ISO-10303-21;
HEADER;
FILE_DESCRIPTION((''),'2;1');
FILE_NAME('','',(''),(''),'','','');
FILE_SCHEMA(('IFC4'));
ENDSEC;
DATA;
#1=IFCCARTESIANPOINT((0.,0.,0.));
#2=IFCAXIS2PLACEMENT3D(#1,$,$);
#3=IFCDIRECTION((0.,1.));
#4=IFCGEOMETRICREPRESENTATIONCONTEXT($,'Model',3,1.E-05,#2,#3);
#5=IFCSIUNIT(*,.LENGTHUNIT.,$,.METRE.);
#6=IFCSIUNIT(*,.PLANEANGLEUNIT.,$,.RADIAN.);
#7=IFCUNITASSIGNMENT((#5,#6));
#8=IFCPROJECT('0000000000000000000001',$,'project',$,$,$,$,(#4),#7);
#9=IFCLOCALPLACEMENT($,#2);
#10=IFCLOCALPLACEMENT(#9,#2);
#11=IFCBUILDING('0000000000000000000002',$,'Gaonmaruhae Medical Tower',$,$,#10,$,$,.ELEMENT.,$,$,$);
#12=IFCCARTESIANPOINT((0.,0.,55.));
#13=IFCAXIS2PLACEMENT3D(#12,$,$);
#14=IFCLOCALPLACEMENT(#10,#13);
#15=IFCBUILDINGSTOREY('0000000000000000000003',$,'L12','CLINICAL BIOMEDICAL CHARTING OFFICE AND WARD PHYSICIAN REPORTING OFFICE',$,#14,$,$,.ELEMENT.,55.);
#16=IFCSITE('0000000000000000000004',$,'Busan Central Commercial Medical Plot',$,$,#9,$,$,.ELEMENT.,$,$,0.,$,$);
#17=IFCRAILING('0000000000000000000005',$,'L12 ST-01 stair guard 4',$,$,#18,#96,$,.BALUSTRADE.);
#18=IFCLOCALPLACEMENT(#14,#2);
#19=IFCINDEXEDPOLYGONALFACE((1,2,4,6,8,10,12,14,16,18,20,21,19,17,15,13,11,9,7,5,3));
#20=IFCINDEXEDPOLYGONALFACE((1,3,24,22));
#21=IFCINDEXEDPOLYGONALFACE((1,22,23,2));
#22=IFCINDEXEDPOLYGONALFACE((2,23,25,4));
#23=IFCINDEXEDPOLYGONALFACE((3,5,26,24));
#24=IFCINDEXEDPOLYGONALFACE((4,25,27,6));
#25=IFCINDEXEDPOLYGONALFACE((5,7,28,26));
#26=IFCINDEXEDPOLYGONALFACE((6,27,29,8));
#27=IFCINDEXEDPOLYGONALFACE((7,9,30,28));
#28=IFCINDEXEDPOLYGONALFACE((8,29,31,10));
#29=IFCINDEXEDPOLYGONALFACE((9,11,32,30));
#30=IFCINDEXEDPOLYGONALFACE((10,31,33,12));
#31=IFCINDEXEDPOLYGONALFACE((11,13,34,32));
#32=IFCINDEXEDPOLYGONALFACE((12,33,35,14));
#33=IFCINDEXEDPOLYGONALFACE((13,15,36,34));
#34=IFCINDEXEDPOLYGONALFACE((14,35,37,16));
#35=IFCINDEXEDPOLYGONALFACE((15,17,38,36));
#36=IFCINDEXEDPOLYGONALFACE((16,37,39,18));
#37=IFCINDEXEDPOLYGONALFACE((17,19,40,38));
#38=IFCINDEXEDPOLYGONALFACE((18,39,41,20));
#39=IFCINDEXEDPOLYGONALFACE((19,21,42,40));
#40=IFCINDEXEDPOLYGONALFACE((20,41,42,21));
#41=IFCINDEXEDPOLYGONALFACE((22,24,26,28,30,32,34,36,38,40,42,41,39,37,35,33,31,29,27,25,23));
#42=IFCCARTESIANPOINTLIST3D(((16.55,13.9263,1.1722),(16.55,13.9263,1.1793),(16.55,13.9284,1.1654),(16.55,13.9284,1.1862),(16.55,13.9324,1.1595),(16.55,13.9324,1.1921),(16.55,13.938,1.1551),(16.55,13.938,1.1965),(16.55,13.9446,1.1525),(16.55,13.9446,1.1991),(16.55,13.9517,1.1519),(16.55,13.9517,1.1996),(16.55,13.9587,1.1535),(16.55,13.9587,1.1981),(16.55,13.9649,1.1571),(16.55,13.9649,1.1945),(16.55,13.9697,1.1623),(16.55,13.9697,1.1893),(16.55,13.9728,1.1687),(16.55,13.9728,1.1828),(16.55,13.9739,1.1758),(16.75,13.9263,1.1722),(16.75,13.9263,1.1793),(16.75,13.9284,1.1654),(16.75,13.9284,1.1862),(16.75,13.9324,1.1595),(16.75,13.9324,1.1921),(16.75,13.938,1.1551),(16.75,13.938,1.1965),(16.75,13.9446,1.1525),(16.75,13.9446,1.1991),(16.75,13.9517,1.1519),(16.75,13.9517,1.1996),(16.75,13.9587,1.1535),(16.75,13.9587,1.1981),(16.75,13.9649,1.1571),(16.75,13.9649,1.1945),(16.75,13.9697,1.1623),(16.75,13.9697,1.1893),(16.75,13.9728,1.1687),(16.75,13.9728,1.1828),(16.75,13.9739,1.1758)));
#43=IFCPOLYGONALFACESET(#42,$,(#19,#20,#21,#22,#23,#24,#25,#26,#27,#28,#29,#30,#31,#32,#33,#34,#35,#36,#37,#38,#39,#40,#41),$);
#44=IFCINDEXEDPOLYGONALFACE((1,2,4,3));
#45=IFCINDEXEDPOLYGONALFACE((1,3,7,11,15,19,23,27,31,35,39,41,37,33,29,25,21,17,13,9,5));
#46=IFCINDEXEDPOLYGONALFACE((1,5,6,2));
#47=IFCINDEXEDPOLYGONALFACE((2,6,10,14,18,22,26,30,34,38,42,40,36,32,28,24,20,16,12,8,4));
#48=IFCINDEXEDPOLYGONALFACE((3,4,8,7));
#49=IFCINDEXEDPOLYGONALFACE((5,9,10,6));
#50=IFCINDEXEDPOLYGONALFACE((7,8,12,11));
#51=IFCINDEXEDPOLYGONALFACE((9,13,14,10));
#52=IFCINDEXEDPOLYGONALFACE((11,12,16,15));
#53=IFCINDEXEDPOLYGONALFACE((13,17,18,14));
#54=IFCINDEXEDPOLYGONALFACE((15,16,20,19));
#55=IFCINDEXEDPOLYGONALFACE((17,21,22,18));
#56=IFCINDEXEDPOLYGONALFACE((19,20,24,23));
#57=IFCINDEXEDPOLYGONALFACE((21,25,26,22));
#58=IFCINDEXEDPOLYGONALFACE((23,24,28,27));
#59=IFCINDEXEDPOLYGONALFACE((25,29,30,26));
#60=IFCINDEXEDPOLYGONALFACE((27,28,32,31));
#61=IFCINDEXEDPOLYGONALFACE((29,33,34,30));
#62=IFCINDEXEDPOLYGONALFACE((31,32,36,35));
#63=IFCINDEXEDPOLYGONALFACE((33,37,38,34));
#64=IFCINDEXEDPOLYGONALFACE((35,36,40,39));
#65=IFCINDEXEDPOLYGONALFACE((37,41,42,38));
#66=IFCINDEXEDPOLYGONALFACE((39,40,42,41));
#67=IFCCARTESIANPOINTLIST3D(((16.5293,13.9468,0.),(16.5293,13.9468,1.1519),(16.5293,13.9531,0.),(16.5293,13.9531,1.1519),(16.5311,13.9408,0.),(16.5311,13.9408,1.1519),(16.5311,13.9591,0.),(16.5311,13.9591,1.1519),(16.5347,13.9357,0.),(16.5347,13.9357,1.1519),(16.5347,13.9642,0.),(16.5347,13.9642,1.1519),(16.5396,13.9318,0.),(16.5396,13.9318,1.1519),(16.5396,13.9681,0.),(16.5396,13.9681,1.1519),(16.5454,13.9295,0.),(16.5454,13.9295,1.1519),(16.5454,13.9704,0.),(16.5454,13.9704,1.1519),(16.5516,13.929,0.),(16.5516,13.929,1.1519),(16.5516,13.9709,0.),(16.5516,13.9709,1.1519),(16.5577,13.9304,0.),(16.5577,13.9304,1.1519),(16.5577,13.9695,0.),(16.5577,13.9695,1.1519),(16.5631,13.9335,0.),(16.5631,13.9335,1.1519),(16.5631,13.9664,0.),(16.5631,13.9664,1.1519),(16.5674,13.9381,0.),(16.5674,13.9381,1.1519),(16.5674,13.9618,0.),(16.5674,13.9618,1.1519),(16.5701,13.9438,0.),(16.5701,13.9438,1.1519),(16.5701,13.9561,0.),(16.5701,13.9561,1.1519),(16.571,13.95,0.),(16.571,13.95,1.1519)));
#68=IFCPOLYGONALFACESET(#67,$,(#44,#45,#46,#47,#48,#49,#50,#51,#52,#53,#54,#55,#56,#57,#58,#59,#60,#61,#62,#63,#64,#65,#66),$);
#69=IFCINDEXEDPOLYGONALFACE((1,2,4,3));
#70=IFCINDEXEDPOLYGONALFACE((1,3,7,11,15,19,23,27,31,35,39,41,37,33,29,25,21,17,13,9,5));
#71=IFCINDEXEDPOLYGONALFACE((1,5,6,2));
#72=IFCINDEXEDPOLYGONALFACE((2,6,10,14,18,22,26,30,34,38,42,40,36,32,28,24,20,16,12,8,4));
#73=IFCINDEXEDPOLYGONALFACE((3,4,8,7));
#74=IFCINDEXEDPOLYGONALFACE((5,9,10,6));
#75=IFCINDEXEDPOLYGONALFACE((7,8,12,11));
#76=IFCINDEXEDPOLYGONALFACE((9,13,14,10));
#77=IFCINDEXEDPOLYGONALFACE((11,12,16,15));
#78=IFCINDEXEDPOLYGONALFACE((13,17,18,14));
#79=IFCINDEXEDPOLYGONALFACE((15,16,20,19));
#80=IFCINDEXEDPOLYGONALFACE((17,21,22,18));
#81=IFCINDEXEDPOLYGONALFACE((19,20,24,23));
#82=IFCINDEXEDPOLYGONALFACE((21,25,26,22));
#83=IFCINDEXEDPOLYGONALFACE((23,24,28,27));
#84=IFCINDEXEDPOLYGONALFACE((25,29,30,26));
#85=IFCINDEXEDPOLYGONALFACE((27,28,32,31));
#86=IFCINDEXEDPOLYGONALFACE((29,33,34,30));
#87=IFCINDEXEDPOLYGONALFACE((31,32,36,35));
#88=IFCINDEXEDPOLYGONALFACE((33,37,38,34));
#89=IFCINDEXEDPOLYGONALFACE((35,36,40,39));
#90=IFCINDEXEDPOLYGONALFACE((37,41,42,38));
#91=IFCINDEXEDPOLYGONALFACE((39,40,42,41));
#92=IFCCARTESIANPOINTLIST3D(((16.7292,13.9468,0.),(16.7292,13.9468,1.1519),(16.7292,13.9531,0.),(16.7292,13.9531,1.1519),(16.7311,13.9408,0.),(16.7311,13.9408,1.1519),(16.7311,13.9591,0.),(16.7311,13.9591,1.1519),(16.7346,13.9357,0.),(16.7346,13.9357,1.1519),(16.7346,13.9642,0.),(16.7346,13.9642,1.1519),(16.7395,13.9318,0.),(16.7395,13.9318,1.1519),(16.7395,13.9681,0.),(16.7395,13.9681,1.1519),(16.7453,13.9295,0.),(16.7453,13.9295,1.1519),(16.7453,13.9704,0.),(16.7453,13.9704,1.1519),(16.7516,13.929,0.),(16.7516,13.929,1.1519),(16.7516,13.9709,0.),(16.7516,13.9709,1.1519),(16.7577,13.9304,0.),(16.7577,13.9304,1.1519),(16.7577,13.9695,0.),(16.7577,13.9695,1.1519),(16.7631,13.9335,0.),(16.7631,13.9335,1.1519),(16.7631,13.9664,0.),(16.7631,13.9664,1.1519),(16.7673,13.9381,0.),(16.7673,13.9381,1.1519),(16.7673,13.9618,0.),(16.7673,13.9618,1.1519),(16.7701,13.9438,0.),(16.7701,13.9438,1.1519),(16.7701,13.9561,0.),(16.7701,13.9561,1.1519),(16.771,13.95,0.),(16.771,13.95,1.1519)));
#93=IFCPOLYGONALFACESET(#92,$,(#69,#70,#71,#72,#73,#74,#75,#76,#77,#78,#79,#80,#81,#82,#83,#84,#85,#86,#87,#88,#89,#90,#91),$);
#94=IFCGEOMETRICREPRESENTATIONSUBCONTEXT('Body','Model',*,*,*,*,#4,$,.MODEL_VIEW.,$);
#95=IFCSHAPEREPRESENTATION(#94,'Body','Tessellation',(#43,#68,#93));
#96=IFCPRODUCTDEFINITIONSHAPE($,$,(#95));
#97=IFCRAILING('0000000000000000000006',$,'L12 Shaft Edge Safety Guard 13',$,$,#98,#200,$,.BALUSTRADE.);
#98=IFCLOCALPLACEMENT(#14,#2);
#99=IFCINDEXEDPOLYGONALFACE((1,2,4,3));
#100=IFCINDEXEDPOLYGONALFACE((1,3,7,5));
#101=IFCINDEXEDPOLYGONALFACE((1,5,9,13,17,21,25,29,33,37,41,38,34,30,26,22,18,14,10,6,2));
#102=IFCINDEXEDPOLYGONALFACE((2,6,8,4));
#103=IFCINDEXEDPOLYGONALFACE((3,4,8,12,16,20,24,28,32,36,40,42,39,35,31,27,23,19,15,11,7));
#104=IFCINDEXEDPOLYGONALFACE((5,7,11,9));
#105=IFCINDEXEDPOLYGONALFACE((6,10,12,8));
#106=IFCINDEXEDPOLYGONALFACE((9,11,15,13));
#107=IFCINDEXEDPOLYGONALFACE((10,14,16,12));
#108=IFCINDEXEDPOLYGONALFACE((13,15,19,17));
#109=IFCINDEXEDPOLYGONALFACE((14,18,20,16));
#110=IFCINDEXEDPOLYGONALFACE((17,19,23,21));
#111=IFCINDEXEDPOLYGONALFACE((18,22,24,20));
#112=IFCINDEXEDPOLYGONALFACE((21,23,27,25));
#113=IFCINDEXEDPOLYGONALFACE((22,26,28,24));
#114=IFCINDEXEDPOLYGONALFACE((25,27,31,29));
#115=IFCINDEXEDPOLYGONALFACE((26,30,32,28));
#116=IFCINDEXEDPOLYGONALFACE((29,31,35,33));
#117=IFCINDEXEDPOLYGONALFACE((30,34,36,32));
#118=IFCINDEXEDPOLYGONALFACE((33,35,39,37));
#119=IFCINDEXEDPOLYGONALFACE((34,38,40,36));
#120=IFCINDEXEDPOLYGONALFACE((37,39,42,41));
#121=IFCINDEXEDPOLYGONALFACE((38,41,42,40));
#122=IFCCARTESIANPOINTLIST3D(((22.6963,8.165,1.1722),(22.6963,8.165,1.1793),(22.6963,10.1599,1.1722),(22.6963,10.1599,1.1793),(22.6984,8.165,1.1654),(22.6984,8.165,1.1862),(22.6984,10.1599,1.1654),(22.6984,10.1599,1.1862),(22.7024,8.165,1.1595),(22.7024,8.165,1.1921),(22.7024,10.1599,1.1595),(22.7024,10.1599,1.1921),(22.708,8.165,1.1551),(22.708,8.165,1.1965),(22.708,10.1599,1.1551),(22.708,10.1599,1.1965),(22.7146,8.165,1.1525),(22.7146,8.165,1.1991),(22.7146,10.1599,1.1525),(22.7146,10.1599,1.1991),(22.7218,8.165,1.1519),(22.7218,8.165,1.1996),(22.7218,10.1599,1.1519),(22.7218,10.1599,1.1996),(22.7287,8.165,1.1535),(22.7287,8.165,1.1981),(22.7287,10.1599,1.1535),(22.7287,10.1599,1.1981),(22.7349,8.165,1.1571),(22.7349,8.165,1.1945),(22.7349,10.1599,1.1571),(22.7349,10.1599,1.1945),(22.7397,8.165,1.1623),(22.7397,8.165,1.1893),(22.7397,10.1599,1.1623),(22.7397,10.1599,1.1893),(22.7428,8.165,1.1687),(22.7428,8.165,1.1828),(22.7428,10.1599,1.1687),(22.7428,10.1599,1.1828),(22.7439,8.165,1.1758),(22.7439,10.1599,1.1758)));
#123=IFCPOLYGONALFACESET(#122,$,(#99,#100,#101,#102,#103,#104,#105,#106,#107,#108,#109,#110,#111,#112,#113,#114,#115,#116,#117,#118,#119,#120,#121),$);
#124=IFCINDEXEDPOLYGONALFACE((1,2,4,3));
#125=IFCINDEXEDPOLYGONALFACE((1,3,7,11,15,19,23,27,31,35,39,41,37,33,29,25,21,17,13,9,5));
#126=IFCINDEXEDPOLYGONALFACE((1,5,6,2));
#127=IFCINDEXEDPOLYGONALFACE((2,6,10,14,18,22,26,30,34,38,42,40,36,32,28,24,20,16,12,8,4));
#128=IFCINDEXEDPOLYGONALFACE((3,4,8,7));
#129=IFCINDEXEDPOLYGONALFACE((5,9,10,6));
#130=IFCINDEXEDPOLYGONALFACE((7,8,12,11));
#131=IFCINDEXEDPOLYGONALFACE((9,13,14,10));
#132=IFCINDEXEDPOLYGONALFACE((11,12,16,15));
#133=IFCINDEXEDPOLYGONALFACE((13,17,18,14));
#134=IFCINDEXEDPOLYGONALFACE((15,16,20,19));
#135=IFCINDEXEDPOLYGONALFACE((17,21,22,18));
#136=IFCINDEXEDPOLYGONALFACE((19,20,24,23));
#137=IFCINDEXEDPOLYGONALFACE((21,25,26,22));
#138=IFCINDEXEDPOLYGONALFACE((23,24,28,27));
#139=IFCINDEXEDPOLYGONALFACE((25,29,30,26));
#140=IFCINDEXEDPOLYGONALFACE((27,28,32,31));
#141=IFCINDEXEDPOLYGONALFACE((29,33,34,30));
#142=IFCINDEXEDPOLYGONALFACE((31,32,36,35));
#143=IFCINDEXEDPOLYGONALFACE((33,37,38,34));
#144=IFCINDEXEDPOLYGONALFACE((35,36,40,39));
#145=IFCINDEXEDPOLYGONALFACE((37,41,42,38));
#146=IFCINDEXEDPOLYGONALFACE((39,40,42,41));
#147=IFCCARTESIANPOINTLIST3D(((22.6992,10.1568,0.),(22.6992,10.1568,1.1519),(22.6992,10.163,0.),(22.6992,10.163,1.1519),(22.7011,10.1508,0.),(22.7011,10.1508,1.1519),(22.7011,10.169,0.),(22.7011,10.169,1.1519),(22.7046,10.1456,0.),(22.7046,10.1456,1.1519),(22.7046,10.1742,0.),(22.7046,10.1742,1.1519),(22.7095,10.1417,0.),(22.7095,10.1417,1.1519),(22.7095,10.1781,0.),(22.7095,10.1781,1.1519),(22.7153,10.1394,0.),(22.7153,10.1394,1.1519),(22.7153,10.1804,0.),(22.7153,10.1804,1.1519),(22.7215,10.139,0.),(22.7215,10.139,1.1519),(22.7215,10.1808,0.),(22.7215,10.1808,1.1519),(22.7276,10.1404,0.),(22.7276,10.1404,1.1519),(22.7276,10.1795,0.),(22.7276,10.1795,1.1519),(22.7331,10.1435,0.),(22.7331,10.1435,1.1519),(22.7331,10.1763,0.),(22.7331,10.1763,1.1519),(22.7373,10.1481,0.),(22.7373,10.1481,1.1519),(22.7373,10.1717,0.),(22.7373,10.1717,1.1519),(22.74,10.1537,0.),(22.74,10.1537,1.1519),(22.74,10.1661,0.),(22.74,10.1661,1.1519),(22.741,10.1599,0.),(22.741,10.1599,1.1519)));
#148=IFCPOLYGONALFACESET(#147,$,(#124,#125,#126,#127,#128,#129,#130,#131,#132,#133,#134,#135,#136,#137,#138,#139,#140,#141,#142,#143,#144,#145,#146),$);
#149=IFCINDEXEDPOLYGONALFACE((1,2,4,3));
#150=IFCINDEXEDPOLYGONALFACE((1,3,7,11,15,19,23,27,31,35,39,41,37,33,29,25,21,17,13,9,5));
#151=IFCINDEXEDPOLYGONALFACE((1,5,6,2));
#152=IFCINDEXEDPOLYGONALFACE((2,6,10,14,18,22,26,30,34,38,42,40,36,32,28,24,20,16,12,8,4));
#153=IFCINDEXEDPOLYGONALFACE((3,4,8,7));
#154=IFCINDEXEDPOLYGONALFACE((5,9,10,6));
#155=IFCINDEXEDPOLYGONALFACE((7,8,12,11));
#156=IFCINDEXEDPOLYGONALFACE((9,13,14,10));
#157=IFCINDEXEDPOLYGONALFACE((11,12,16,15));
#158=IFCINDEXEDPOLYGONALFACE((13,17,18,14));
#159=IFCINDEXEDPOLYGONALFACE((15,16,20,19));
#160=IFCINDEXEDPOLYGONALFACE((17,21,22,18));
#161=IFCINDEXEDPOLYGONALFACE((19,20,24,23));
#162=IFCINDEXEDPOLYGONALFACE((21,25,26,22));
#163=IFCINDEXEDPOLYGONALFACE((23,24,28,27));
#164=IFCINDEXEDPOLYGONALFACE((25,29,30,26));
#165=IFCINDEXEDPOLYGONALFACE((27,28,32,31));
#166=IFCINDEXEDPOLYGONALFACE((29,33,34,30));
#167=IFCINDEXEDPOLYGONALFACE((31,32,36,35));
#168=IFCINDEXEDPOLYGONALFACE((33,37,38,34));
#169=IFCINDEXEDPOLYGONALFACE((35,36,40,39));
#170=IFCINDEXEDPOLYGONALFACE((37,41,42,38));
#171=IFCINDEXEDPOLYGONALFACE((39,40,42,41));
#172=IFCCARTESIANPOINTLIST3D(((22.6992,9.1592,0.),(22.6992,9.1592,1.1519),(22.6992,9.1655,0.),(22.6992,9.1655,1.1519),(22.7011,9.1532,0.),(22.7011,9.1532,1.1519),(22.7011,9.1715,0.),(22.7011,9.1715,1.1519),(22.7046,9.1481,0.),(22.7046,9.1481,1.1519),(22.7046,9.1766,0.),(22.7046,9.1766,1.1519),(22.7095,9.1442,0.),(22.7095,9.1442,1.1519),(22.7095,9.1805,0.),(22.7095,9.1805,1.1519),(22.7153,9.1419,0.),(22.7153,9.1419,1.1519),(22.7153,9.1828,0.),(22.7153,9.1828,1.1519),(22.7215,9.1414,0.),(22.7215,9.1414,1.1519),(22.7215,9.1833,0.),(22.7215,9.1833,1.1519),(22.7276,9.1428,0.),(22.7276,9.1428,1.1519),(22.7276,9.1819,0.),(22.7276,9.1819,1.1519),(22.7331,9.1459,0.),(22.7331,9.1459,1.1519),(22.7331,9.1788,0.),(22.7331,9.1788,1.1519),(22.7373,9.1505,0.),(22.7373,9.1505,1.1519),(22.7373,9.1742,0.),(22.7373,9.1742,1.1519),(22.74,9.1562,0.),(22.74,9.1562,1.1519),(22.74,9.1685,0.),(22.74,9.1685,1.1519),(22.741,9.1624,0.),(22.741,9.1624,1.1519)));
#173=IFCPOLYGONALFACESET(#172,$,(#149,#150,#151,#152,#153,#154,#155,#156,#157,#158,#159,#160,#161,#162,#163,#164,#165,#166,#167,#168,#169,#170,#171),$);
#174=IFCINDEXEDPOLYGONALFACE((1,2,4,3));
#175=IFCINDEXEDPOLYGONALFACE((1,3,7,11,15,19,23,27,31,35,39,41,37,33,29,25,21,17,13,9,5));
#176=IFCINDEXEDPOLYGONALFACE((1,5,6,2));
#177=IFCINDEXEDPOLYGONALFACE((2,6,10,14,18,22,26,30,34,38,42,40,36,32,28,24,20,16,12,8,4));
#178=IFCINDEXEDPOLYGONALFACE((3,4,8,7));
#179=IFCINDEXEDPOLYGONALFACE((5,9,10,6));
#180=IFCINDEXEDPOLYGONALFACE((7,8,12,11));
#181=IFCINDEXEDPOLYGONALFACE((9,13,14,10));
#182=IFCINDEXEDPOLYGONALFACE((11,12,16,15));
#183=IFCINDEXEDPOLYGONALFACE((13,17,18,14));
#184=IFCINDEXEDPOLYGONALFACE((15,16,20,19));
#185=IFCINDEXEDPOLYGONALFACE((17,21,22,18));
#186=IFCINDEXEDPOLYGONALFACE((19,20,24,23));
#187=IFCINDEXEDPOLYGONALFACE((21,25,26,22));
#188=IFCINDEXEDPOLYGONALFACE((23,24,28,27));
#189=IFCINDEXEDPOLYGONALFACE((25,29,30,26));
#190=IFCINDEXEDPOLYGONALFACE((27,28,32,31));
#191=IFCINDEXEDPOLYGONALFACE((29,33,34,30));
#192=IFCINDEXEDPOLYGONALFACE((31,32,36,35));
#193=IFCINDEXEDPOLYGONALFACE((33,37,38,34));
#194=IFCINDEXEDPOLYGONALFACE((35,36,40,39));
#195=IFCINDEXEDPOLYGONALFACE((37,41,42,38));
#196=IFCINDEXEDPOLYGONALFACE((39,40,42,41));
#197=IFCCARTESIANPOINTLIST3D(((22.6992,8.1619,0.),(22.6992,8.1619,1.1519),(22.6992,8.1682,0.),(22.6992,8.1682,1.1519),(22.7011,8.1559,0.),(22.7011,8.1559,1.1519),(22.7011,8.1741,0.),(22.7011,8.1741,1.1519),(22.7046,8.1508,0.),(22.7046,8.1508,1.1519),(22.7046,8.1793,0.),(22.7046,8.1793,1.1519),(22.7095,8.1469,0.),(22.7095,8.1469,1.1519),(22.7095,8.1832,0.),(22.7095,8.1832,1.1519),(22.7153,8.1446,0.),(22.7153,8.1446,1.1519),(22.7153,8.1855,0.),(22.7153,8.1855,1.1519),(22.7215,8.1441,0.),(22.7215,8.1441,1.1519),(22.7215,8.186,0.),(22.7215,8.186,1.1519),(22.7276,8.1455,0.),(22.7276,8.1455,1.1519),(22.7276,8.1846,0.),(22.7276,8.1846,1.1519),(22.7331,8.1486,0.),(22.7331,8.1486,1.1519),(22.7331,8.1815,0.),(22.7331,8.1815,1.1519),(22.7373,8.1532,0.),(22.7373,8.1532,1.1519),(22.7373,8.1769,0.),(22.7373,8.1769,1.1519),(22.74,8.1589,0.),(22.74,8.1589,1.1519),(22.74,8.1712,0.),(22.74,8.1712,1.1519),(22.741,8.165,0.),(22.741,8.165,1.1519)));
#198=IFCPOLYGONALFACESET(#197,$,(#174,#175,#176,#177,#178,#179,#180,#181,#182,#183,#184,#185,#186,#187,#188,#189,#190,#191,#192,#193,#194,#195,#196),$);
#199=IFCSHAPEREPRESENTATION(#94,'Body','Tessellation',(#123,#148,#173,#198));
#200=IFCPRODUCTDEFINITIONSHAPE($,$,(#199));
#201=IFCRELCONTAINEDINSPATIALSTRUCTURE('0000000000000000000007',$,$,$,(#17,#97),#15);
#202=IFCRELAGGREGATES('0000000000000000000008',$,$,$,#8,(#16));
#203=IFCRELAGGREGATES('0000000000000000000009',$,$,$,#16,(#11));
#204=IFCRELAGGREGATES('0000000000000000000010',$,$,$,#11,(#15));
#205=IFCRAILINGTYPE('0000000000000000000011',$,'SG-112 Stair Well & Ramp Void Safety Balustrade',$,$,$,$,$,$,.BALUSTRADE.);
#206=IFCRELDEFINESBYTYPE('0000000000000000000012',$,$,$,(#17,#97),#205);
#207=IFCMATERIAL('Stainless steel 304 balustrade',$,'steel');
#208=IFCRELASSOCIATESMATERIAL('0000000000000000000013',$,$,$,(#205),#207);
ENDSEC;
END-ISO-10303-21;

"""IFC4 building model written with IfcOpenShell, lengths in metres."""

from ifc_helpers import new_model, si_unit, direction, frame, origin, origin_2d, place, context, subcontext, project, spatial, circle, extrude, material, type_object, element, save


model = new_model("IFC4")

# Units and contexts
model_context = context("Model", 3, precision=1e-05, world=origin(), true_north=direction((0.0, 1.0)))
body_context = subcontext(model_context, "Body", "Model", "MODEL_VIEW")
ifc_project = project(units=[si_unit("LENGTHUNIT", "METRE"), si_unit("PLANEANGLEUNIT", "RADIAN")], contexts=[model_context])

# Site, building, storey
site_placement = place(None, origin())
site = spatial("IfcSite", under=ifc_project, at=site_placement, Name="Busan Central Commercial Medical Plot", CompositionType="ELEMENT", RefElevation=0.0)
building_placement = place(site_placement, origin())
building = spatial("IfcBuilding", under=site, at=building_placement, Name="Gaonmaruhae Medical Tower", CompositionType="ELEMENT")
storey_placement = place(building_placement, frame((0.0, 0.0, 55.0)))
storey = spatial("IfcBuildingStorey", under=building, at=storey_placement, Name="L12", Description="CLINICAL BIOMEDICAL CHARTING OFFICE AND WARD PHYSICIAN REPORTING OFFICE", CompositionType="ELEMENT", Elevation=55.0)

# Railings
ifc_material_1 = material(Name="Stainless steel 304 balustrade", Category="steel")
railing_type_1 = type_object("IfcRailingType", Name="SG-112 Stair Well & Ramp Void Safety Balustrade", PredefinedType="BALUSTRADE", material=ifc_material_1)
railing_1_placement = place(storey_placement, frame((16.55, 13.95, 0.0)))
element("IfcRailing", 1, at=railing_1_placement, inside=storey, type_object=railing_type_1, Name="L12 ST-01 stair guard 4", PredefinedType="BALUSTRADE", context=body_context, shape_type="SweptSolid", body=[
    extrude(circle(Radius=0.0239, at=origin_2d()), frame((0.0, 0.0, 1.1758), z_axis=(1.0, 0.0, 0.0), x_axis=(0.0, 1.0, 0.0)), (0.0, 0.0, 1.0), 0.2),
    extrude(circle(Radius=0.021, at=origin_2d()), origin(), (0.0, 0.0, 1.0), 1.1519),
    extrude(circle(Radius=0.021, at=origin_2d()), frame((0.2, 0.0, 0.0)), (0.0, 0.0, 1.0), 1.1519),
])
railing_2_placement = place(storey_placement, frame((22.72, 10.1599, 0.0)))
element("IfcRailing", 2, at=railing_2_placement, inside=storey, type_object=railing_type_1, Name="L12 Shaft Edge Safety Guard 13", PredefinedType="BALUSTRADE", context=body_context, shape_type="SweptSolid", body=[
    extrude(circle(Radius=0.0239, at=origin_2d()), frame((0.0, 0.0, 1.1758), z_axis=(0.0, -1.0, 0.0), x_axis=(1.0, 0.0, 0.0)), (0.0, 0.0, 1.0), 1.9949),
    extrude(circle(Radius=0.021, at=origin_2d()), origin(), (0.0, 0.0, 1.0), 1.1519),
    extrude(circle(Radius=0.021, at=origin_2d()), frame((0.0, -0.9976, 0.0)), (0.0, 0.0, 1.0), 1.1519),
    extrude(circle(Radius=0.021, at=origin_2d()), frame((0.0, -1.9949, 0.0)), (0.0, 0.0, 1.0), 1.1519),
])

save(model, "model.ifc")
